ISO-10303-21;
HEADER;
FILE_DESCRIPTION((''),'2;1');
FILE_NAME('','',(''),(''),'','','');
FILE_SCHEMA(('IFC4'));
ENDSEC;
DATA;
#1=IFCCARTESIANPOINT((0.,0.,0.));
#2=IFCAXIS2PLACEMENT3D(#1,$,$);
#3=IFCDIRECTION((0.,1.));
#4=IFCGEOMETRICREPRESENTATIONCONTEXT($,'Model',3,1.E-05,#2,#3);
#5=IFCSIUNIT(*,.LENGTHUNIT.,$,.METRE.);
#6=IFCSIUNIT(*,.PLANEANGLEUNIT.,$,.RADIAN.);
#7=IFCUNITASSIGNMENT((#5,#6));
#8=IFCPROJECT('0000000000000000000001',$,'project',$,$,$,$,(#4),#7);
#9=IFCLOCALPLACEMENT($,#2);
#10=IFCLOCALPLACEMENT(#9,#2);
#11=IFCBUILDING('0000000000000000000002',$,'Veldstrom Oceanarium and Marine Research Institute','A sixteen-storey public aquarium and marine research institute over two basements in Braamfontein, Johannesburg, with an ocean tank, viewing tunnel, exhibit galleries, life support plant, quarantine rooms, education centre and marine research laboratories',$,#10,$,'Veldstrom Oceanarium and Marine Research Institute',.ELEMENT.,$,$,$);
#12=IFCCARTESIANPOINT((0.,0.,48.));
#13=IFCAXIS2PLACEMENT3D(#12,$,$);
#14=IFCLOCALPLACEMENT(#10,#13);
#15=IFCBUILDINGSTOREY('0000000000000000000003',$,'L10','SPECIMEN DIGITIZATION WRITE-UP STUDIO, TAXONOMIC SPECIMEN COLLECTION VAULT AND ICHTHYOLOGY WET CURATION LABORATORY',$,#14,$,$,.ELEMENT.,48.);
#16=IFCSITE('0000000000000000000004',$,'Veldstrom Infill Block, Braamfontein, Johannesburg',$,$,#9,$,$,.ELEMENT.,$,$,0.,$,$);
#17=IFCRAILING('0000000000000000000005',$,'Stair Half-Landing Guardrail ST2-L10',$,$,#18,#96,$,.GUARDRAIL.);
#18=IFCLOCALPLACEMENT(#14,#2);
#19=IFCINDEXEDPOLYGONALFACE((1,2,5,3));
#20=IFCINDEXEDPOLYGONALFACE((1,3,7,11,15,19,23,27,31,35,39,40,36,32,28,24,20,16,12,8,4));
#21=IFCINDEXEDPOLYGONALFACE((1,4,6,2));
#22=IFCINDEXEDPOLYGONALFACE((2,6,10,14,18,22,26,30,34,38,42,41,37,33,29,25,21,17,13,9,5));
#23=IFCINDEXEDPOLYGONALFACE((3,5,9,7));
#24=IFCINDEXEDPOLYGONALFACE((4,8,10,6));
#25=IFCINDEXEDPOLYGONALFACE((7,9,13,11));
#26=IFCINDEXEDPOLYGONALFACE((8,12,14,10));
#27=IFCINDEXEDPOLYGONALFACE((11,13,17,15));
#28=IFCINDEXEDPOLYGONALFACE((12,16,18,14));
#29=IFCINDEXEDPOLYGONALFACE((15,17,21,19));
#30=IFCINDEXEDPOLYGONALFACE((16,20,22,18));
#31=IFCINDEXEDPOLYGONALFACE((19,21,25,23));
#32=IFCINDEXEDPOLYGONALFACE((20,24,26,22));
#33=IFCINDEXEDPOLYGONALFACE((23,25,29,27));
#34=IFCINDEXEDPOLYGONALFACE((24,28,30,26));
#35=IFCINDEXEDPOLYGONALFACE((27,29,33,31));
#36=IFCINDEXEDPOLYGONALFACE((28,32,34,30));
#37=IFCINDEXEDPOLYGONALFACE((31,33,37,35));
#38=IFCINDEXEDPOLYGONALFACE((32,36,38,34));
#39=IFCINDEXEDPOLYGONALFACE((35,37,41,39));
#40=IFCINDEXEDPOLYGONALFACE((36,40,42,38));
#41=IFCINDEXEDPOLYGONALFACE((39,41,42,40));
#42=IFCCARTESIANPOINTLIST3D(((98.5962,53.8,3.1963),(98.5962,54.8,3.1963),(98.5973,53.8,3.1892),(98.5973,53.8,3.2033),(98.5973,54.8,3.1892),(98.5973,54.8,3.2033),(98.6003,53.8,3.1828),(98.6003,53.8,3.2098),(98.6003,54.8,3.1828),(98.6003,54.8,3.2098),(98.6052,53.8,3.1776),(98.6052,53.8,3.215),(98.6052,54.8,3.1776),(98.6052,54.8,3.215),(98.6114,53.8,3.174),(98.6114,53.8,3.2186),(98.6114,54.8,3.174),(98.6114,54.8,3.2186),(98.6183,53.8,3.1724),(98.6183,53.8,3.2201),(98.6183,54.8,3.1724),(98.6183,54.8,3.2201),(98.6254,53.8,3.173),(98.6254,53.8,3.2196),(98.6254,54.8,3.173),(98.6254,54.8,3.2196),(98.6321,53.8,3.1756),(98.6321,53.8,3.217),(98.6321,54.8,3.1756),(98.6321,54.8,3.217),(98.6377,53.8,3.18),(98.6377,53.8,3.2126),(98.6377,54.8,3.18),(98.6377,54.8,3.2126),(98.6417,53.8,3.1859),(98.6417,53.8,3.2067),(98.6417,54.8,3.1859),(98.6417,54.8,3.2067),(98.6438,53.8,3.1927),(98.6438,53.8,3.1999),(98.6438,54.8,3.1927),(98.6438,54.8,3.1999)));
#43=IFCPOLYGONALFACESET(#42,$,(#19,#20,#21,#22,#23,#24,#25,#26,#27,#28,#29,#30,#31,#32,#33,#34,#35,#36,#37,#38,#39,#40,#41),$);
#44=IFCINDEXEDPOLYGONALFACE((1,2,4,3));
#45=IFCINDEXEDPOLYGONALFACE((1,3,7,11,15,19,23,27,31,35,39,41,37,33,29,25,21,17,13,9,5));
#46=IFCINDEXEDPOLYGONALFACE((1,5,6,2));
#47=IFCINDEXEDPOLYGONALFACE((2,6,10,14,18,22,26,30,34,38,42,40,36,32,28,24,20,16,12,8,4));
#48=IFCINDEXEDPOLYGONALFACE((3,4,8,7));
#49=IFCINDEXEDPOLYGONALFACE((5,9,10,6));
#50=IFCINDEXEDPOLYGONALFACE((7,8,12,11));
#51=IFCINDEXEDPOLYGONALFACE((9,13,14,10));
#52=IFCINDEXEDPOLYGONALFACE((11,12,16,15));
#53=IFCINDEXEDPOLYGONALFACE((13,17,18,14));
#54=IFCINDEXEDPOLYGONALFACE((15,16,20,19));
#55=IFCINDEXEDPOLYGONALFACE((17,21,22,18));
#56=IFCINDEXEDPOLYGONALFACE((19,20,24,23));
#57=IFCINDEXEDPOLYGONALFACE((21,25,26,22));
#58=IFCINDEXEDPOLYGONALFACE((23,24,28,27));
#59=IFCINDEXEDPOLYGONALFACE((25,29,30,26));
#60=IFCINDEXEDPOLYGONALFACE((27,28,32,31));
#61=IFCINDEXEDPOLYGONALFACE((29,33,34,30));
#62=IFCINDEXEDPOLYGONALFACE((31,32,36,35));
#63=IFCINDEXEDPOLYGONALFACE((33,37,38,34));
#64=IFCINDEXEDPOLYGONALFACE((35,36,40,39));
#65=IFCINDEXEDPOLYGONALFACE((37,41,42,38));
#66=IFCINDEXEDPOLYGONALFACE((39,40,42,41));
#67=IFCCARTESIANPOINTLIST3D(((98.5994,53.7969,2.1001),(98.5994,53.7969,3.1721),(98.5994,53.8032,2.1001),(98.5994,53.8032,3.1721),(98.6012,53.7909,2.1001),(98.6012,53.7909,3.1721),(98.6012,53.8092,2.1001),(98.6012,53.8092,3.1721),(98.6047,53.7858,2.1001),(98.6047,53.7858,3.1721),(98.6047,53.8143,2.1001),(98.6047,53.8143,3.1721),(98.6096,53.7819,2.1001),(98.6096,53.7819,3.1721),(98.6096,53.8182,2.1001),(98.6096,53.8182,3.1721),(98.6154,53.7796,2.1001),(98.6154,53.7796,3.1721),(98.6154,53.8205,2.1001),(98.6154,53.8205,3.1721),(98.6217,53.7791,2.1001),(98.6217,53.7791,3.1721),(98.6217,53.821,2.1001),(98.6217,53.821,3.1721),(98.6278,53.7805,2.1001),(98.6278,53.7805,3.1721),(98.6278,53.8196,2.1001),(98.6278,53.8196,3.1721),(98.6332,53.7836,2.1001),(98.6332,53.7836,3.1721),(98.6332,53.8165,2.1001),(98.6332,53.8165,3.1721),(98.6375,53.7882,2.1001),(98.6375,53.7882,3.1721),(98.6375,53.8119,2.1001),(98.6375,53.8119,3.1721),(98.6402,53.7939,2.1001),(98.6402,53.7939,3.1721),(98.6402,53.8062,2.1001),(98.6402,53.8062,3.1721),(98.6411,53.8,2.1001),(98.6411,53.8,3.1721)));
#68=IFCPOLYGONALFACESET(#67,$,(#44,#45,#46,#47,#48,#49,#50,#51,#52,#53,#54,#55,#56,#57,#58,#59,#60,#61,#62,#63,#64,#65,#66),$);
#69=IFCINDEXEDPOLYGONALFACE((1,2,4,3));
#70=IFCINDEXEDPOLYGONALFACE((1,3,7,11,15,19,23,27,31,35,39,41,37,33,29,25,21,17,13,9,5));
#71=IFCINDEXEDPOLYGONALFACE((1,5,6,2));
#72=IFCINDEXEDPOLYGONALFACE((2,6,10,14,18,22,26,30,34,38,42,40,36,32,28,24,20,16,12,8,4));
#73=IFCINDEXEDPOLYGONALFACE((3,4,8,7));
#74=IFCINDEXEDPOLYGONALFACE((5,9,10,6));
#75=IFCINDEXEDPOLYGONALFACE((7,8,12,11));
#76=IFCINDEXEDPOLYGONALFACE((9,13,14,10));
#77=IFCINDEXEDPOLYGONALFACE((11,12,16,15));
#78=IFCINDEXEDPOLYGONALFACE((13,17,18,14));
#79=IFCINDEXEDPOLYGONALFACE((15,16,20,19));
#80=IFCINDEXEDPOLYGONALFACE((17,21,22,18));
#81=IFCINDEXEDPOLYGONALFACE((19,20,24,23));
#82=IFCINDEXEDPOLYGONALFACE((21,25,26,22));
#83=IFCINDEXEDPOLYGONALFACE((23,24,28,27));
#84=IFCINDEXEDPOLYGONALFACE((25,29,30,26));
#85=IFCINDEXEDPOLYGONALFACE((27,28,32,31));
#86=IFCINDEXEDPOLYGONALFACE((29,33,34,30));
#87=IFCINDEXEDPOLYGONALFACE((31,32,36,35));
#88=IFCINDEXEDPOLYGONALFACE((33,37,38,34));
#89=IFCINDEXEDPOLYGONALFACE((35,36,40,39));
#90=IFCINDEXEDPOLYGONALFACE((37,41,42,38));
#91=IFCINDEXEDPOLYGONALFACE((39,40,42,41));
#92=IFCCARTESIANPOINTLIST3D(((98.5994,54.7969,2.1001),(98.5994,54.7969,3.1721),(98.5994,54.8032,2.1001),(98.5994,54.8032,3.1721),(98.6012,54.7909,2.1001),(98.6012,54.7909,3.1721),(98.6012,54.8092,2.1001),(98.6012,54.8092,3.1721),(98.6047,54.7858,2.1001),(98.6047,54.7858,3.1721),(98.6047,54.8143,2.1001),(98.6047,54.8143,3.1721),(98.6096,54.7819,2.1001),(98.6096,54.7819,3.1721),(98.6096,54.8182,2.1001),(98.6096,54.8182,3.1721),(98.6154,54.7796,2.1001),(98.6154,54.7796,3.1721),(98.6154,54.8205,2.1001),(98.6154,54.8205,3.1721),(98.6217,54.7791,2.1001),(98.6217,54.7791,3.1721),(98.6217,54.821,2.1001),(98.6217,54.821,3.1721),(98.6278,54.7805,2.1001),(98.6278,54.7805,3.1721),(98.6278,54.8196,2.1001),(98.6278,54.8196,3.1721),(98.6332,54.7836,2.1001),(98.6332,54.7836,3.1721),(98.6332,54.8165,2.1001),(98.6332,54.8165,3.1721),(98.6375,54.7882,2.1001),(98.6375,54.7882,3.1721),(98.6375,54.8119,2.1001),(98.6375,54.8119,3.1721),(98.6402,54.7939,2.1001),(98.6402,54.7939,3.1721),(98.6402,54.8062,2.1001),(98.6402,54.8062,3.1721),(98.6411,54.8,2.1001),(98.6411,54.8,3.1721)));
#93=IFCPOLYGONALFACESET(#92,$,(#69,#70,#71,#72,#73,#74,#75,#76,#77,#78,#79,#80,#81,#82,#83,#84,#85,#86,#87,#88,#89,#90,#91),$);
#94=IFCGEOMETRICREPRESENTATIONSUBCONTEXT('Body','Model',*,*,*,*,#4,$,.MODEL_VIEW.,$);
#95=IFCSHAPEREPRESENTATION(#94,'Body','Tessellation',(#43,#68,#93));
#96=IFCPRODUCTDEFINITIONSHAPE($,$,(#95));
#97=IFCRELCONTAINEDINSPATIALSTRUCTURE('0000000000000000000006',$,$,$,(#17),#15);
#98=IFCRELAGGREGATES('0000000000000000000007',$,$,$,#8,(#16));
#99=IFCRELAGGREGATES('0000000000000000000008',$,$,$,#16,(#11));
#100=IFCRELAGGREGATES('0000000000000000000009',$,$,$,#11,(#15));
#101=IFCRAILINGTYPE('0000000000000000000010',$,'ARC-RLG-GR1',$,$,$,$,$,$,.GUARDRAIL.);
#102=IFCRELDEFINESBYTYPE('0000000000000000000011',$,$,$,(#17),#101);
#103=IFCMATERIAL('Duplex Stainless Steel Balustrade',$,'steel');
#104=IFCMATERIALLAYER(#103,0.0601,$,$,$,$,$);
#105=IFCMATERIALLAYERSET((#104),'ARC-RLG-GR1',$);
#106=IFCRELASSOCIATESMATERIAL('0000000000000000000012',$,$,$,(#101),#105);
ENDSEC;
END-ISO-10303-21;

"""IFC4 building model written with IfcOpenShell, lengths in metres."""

from ifc_helpers import new_model, si_unit, direction, frame, origin, origin_2d, place, context, subcontext, project, spatial, circle, extrude, material, layer, layer_set, type_object, element, save


model = new_model("IFC4")

# Units and contexts
model_context = context("Model", 3, precision=1e-05, world=origin(), true_north=direction((0.0, 1.0)))
body_context = subcontext(model_context, "Body", "Model", "MODEL_VIEW")
ifc_project = project(units=[si_unit("LENGTHUNIT", "METRE"), si_unit("PLANEANGLEUNIT", "RADIAN")], contexts=[model_context])

# Site, building, storey
site_placement = place(None, origin())
site = spatial("IfcSite", under=ifc_project, at=site_placement, Name="Veldstrom Infill Block, Braamfontein, Johannesburg", CompositionType="ELEMENT", RefElevation=0.0)
building_placement = place(site_placement, origin())
building = spatial("IfcBuilding", under=site, at=building_placement, Name="Veldstrom Oceanarium and Marine Research Institute", Description="A sixteen-storey public aquarium and marine research institute over two basements in Braamfontein, Johannesburg, with an ocean tank, viewing tunnel, exhibit galleries, life support plant, quarantine rooms, education centre and marine research laboratories", LongName="Veldstrom Oceanarium and Marine Research Institute", CompositionType="ELEMENT")
storey_placement = place(building_placement, frame((0.0, 0.0, 48.0)))
storey = spatial("IfcBuildingStorey", under=building, at=storey_placement, Name="L10", Description="SPECIMEN DIGITIZATION WRITE-UP STUDIO, TAXONOMIC SPECIMEN COLLECTION VAULT AND ICHTHYOLOGY WET CURATION LABORATORY", CompositionType="ELEMENT", Elevation=48.0)

# Railing
ifc_material_1 = material(Name="Duplex Stainless Steel Balustrade", Category="steel")
ifc_layer_1 = layer(ifc_material_1, 0.0601)
ifc_layer_set_1 = layer_set([ifc_layer_1], Name="ARC-RLG-GR1")
railing_type_1 = type_object("IfcRailingType", Name="ARC-RLG-GR1", PredefinedType="GUARDRAIL", material=ifc_layer_set_1)
railing_1_placement = place(storey_placement, frame((98.6201, 53.8, 2.1001)))
element("IfcRailing", 1, at=railing_1_placement, inside=storey, type_object=railing_type_1, Name="Stair Half-Landing Guardrail ST2-L10", PredefinedType="GUARDRAIL", context=body_context, shape_type="SweptSolid", body=[
    extrude(circle(Radius=0.0239, at=origin_2d()), frame((0.0, 0.0, 1.0962), z_axis=(0.0, 1.0, 0.0), x_axis=(-1.0, 0.0, 0.0)), (0.0, 0.0, 1.0), 1.0),
    extrude(circle(Radius=0.021, at=origin_2d()), origin(), (0.0, 0.0, 1.0), 1.072),
    extrude(circle(Radius=0.021, at=origin_2d()), frame((0.0, 1.0, 0.0)), (0.0, 0.0, 1.0), 1.072),
])

save(model, "model.ifc")
